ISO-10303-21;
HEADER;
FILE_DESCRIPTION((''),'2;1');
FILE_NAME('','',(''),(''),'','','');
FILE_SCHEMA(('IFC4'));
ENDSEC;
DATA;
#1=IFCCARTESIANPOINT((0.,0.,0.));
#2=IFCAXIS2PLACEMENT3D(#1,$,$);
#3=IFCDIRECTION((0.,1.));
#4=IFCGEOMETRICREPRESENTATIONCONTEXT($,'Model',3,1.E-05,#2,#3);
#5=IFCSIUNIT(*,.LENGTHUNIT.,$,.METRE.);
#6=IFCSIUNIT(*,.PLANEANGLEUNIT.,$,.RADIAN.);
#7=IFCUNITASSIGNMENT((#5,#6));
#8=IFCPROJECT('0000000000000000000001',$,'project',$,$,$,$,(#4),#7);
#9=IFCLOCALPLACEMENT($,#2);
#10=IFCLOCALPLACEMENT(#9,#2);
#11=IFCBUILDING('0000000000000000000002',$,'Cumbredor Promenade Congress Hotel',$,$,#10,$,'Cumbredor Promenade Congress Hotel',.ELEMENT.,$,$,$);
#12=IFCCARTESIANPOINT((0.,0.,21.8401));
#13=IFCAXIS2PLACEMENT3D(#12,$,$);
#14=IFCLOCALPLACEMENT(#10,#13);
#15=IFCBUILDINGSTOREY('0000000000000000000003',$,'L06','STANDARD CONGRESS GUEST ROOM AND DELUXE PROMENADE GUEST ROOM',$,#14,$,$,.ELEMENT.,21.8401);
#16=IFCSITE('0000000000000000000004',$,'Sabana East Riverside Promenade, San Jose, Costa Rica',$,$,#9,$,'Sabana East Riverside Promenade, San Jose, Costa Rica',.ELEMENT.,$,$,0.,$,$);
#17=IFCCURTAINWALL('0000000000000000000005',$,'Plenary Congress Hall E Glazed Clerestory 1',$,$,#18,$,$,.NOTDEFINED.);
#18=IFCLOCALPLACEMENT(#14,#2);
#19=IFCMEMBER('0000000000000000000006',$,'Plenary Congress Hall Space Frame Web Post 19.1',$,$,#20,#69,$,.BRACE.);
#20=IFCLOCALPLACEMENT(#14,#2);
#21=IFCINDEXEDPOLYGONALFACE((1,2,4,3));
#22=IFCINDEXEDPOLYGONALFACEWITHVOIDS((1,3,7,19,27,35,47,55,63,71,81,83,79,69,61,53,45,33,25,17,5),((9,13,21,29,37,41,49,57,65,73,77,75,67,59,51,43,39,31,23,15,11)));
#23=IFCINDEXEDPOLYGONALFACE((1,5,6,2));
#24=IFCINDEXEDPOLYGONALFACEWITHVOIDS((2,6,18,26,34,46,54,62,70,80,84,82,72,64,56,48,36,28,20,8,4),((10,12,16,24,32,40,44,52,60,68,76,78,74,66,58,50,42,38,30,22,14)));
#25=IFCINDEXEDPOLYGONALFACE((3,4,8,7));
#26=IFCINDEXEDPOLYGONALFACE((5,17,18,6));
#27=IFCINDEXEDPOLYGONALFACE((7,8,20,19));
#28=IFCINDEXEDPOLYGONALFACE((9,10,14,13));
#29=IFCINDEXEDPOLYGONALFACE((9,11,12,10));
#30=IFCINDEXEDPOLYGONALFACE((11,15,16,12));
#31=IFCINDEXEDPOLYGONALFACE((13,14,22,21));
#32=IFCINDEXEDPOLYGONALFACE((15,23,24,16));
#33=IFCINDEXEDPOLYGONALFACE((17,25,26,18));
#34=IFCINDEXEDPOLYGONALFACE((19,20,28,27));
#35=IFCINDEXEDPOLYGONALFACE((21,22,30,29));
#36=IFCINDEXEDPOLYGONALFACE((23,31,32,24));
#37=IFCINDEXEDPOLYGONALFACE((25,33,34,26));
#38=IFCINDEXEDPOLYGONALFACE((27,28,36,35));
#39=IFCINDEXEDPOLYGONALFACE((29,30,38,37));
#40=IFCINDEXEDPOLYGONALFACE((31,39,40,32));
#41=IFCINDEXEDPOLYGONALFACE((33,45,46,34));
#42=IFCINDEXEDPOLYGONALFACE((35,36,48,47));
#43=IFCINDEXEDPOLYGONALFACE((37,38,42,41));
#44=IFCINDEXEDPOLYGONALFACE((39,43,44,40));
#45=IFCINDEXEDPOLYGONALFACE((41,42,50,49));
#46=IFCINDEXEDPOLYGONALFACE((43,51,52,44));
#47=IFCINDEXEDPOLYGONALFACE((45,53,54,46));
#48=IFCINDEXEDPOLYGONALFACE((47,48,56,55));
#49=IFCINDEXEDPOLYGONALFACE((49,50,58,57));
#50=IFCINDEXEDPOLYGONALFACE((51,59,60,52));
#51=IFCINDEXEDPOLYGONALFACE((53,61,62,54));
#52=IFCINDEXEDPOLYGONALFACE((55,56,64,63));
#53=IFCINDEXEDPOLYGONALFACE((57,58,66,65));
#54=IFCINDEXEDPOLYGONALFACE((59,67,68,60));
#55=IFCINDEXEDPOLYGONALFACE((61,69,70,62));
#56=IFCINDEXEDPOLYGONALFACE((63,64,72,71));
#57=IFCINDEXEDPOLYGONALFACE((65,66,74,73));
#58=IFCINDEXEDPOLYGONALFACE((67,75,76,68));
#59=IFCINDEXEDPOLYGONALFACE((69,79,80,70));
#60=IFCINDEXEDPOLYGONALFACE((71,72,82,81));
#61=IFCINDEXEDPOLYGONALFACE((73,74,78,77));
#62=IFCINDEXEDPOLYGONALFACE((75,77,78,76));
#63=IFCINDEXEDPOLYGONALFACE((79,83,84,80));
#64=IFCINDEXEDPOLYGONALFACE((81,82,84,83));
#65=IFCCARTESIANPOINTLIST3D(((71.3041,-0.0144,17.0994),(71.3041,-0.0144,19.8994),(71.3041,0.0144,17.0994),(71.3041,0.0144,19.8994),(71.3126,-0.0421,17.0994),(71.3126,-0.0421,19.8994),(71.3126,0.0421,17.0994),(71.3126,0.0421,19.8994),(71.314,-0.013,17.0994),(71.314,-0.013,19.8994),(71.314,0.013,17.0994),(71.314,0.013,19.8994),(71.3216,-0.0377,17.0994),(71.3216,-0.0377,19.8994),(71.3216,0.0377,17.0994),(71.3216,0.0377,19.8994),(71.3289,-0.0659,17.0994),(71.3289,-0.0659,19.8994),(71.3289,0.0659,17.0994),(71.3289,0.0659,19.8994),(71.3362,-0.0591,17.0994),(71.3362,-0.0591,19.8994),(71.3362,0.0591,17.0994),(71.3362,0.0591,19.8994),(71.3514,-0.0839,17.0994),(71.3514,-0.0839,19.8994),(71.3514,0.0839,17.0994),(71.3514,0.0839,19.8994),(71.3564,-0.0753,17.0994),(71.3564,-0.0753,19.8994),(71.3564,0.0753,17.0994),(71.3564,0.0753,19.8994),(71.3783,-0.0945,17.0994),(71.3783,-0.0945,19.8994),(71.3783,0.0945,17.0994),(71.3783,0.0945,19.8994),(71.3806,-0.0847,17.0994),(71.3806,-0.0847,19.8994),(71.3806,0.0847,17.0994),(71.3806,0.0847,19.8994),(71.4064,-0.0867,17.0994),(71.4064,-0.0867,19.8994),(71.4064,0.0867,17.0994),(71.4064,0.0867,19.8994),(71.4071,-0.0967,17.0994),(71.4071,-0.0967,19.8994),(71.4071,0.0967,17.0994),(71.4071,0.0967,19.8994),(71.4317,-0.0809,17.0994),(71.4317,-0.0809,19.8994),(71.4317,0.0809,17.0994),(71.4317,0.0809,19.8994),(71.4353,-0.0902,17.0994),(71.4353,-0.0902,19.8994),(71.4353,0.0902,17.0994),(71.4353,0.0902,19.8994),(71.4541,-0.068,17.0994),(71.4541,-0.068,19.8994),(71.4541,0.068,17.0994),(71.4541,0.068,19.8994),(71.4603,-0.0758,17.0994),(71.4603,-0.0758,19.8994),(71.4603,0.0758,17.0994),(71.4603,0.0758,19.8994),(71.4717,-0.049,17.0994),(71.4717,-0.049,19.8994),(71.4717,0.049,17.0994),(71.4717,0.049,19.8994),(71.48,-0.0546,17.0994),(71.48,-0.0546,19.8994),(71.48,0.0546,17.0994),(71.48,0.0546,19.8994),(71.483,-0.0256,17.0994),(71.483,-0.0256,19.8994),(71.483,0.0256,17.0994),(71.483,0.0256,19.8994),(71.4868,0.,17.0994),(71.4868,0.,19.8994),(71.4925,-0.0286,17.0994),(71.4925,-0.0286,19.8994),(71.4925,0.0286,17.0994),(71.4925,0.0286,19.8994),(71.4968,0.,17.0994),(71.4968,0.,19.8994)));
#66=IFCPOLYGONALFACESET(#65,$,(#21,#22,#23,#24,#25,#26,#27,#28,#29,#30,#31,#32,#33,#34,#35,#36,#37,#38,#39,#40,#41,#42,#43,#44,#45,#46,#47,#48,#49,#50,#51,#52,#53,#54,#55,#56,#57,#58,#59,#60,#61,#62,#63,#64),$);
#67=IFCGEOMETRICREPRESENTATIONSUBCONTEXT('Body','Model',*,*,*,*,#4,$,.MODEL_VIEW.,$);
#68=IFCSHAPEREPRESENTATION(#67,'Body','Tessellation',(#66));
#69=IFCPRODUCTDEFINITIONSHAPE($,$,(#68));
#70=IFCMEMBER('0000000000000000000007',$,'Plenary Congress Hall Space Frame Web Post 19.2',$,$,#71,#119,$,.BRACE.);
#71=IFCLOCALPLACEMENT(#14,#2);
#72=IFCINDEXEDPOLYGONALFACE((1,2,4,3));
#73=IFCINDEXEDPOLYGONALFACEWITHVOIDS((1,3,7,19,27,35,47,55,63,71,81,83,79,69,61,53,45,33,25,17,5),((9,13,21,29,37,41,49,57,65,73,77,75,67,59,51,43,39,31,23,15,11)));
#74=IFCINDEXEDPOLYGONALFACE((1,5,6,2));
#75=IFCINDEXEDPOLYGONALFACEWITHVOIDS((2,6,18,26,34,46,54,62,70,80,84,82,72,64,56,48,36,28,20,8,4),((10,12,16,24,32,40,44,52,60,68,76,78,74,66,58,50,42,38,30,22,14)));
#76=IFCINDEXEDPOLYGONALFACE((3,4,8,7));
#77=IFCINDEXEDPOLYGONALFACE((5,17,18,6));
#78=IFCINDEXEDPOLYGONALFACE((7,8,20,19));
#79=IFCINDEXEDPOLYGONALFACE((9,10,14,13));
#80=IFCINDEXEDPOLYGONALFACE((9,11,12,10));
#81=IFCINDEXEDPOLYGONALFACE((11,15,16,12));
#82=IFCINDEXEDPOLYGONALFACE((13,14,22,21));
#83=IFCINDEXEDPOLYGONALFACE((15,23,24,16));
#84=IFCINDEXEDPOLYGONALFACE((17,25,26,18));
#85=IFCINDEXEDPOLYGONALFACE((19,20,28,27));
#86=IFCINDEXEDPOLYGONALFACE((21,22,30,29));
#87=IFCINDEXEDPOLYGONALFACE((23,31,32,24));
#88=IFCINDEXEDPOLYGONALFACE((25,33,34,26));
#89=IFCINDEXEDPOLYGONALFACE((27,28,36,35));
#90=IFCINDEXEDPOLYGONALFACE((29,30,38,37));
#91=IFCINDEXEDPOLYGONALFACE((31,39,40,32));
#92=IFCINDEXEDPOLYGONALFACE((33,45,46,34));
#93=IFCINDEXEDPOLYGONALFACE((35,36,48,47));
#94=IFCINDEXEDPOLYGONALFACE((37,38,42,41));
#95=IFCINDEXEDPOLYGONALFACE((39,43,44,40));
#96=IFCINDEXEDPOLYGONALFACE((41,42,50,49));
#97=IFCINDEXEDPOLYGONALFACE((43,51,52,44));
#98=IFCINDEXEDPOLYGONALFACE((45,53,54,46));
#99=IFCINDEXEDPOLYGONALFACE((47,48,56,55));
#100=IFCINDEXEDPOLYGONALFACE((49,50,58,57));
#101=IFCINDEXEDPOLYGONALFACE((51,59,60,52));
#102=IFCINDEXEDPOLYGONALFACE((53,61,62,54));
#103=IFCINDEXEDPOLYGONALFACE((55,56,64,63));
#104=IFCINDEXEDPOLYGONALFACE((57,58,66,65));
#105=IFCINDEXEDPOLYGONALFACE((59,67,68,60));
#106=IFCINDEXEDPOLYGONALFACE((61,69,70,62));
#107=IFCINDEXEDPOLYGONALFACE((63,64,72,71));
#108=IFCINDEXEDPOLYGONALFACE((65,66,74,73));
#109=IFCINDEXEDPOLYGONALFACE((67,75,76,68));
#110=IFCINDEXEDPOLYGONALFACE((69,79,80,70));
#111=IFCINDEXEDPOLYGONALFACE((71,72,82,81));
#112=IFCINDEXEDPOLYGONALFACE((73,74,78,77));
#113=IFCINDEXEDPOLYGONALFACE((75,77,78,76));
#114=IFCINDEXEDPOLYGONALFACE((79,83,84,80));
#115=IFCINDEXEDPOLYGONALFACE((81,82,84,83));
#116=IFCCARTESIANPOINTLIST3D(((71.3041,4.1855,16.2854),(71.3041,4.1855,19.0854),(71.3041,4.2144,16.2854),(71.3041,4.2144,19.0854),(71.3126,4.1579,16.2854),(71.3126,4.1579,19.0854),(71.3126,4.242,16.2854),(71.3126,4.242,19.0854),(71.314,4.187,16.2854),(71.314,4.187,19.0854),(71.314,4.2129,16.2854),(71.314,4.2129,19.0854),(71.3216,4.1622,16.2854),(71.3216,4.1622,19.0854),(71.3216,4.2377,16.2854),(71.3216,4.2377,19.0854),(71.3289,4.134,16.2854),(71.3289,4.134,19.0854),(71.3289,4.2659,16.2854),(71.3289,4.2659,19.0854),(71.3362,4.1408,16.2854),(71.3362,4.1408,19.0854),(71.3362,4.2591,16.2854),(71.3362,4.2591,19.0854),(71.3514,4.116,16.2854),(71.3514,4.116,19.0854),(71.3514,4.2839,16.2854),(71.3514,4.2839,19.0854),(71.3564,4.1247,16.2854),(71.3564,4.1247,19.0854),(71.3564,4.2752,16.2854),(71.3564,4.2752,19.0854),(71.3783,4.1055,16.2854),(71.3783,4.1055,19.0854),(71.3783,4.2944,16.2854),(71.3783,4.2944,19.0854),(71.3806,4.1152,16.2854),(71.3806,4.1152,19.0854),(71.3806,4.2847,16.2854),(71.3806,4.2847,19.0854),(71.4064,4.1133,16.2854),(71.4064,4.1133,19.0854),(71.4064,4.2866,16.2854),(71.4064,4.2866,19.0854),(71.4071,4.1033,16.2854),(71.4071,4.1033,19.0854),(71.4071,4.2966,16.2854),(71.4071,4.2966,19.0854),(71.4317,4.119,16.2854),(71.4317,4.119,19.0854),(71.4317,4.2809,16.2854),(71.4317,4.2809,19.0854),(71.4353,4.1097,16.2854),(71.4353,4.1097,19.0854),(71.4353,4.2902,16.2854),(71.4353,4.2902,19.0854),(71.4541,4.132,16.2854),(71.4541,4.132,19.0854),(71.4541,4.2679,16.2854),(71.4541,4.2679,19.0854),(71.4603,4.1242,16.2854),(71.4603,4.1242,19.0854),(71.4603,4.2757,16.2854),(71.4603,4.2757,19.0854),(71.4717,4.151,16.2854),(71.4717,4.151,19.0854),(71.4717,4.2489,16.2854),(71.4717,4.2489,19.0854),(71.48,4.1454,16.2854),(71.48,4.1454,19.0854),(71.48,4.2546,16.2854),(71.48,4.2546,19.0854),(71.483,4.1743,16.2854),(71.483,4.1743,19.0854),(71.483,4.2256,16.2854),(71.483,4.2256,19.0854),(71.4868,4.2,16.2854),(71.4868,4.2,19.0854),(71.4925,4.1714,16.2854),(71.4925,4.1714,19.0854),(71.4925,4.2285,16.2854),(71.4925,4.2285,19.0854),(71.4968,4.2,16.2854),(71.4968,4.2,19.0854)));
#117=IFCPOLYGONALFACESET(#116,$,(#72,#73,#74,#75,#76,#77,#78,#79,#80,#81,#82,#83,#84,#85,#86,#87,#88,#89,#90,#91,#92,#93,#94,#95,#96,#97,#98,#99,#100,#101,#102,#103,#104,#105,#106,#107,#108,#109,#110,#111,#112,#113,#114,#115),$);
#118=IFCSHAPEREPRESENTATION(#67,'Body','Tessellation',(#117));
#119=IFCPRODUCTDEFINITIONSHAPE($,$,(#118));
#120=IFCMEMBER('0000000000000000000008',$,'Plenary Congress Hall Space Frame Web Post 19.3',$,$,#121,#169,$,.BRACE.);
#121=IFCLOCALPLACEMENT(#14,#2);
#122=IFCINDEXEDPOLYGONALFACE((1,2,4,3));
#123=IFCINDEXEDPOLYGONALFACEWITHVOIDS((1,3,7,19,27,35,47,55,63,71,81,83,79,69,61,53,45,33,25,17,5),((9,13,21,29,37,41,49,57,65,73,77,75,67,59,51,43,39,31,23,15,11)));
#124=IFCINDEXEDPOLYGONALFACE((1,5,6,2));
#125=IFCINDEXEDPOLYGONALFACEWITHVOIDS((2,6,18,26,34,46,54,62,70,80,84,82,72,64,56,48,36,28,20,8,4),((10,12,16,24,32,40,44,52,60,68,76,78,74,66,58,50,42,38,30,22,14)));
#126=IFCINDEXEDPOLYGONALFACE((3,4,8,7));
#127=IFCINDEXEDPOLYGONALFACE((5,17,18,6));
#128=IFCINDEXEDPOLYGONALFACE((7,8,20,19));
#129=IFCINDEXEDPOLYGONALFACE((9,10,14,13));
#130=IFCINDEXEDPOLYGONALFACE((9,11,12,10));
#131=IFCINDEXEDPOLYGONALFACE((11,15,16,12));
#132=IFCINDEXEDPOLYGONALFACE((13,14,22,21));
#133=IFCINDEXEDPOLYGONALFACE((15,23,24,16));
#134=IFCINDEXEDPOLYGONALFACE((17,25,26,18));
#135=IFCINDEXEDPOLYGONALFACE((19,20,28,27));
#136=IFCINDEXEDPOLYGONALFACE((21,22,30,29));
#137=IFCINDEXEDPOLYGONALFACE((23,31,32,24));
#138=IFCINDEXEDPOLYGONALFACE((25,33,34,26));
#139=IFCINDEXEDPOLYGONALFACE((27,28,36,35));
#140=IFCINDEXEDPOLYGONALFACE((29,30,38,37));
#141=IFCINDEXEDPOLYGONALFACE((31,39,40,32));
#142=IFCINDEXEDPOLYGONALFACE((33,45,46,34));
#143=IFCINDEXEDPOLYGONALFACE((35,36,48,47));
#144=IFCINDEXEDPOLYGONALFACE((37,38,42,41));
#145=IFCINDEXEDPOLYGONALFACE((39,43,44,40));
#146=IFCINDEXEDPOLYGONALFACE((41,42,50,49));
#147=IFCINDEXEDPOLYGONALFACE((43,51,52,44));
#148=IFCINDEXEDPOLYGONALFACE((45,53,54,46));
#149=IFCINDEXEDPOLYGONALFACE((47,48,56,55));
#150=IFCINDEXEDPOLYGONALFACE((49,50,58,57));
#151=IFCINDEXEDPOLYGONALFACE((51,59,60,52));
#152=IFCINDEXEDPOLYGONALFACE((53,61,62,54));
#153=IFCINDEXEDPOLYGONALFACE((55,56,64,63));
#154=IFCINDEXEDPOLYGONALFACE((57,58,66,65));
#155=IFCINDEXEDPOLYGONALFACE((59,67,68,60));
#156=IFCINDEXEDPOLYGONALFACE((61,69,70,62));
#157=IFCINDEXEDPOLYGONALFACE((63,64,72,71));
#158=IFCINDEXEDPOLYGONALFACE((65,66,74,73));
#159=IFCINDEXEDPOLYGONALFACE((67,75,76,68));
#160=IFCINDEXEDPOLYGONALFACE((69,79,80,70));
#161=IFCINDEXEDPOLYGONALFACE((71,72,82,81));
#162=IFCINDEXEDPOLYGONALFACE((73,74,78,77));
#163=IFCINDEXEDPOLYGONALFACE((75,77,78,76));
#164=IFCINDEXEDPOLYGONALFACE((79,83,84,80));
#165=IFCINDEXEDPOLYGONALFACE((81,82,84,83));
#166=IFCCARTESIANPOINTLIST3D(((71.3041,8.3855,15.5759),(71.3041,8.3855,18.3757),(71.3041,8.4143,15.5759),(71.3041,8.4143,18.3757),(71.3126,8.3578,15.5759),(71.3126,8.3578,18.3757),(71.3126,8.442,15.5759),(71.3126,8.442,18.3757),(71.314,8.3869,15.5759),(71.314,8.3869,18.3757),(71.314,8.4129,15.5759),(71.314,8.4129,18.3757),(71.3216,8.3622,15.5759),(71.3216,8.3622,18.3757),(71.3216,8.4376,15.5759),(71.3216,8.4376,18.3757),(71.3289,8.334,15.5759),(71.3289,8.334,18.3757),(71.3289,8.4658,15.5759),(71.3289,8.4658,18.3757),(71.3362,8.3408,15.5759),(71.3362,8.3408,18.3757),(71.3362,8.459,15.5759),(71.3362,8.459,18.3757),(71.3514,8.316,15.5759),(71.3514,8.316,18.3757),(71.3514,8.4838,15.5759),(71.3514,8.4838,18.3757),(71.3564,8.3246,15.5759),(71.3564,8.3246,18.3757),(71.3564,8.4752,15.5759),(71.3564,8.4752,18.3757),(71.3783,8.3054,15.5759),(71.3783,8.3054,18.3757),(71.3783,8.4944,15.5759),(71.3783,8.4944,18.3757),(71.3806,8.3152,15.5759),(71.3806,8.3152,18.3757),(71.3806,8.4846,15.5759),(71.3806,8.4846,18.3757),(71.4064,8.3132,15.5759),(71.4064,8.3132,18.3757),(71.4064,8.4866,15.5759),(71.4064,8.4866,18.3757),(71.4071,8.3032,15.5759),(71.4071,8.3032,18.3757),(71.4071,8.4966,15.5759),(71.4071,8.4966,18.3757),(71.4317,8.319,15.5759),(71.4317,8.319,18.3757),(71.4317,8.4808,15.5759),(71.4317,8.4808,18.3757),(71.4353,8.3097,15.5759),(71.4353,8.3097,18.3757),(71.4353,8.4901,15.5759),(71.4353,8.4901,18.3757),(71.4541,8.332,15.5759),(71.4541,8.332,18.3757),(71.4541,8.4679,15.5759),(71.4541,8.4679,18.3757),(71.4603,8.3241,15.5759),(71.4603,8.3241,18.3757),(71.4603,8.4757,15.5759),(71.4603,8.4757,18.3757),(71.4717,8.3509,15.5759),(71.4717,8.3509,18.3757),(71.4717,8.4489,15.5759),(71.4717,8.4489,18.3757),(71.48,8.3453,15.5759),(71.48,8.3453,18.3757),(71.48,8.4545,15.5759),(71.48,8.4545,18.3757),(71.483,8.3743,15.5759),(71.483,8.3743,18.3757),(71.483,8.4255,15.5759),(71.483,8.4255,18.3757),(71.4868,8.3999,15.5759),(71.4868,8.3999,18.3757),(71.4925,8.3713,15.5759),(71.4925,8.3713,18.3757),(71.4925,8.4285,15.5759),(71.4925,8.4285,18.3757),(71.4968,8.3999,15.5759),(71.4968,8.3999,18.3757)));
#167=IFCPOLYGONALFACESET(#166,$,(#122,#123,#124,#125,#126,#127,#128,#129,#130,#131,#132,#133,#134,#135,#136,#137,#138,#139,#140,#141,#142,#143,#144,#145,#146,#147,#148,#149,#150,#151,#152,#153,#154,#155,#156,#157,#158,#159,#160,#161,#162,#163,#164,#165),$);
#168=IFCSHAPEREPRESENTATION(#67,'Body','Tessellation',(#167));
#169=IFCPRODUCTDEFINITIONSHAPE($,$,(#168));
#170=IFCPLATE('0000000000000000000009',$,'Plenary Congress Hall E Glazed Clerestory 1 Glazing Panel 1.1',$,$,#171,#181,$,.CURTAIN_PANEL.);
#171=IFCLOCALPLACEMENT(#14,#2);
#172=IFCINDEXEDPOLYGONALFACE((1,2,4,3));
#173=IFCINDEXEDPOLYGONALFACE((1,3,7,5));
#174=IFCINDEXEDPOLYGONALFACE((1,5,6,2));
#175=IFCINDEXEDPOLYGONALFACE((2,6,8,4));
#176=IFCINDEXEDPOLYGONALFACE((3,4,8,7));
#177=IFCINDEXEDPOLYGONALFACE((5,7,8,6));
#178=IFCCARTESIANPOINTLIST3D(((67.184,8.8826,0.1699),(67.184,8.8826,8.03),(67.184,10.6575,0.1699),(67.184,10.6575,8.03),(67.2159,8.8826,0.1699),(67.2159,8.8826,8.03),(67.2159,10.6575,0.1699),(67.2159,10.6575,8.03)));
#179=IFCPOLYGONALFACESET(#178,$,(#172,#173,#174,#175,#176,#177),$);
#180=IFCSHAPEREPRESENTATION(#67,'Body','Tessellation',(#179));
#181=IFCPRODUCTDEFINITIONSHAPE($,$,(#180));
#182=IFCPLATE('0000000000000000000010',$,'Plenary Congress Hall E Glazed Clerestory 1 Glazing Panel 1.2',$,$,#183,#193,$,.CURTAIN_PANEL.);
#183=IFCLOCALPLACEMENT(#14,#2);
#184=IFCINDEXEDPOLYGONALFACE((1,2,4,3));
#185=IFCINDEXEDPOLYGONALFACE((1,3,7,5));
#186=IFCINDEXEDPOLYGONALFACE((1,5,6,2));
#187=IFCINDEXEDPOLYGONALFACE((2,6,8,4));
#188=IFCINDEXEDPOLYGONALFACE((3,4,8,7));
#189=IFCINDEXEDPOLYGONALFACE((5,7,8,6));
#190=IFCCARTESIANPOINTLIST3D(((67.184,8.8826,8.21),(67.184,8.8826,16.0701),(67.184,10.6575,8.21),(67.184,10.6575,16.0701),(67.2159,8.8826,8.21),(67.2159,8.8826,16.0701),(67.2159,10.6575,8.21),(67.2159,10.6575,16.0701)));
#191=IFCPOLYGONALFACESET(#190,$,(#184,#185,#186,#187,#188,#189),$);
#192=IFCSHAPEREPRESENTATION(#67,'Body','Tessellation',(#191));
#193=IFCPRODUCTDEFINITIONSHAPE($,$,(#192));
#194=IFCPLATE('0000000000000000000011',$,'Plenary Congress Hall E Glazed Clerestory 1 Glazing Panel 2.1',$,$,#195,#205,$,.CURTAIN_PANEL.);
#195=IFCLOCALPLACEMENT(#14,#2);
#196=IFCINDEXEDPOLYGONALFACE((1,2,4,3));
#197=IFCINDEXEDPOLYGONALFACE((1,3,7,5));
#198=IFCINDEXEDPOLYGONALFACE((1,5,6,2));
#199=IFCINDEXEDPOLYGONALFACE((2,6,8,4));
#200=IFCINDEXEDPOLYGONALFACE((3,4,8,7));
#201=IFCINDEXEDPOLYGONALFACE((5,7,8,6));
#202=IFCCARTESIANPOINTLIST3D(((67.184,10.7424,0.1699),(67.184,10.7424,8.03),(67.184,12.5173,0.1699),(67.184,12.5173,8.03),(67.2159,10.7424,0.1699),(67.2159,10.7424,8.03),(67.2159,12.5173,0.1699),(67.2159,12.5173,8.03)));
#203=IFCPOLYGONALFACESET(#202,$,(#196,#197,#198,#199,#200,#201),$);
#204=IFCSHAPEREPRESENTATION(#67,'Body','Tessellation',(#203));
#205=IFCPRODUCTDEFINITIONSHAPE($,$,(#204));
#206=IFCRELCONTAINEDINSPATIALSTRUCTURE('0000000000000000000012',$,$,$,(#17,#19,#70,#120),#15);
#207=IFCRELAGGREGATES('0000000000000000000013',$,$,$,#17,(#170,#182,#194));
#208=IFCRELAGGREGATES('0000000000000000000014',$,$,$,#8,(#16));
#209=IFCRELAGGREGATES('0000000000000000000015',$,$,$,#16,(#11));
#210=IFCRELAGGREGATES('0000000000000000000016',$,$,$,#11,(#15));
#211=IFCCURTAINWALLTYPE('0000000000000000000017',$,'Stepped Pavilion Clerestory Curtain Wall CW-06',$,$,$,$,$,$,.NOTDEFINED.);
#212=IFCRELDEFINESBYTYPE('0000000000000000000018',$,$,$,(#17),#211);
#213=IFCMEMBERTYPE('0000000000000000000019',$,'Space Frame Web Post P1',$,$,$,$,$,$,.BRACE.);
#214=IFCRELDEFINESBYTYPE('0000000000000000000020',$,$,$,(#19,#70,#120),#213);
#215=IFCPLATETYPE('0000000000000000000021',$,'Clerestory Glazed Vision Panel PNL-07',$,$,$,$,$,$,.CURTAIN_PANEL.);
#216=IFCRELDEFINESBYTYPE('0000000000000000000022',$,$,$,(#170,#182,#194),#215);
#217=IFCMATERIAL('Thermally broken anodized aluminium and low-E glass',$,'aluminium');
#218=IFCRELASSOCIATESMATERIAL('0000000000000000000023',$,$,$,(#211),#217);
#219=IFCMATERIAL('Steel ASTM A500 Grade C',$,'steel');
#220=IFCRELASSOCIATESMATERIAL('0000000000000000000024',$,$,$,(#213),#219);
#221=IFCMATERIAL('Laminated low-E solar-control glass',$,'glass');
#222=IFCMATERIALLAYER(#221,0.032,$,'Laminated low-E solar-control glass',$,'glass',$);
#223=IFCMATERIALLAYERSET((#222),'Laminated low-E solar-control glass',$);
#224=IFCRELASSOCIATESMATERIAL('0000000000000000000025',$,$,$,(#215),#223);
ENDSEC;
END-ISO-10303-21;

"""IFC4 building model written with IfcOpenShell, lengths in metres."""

from ifc_helpers import new_model, si_unit, direction, frame, origin, origin_2d, place, context, subcontext, project, spatial, rectangle, hollow_circle, extrude, material, layer, layer_set, material_profile, profile_set, type_object, element, aggregate, save


model = new_model("IFC4")

# Units and contexts
model_context = context("Model", 3, precision=1e-05, world=origin(), true_north=direction((0.0, 1.0)))
body_context = subcontext(model_context, "Body", "Model", "MODEL_VIEW")
ifc_project = project(units=[si_unit("LENGTHUNIT", "METRE"), si_unit("PLANEANGLEUNIT", "RADIAN")], contexts=[model_context])

# Site, building, storey
site_placement = place(None, origin())
site = spatial("IfcSite", under=ifc_project, at=site_placement, Name="Sabana East Riverside Promenade, San Jose, Costa Rica", LongName="Sabana East Riverside Promenade, San Jose, Costa Rica", CompositionType="ELEMENT", RefElevation=0.0)
building_placement = place(site_placement, origin())
building = spatial("IfcBuilding", under=site, at=building_placement, Name="Cumbredor Promenade Congress Hotel", LongName="Cumbredor Promenade Congress Hotel", CompositionType="ELEMENT")
storey_placement = place(building_placement, frame((0.0, 0.0, 21.8401)))
storey = spatial("IfcBuildingStorey", under=building, at=storey_placement, Name="L06", Description="STANDARD CONGRESS GUEST ROOM AND DELUXE PROMENADE GUEST ROOM", CompositionType="ELEMENT", Elevation=21.8401)

# Curtain wall
ifc_material_1 = material(Name="Thermally broken anodized aluminium and low-E glass", Category="aluminium")
curtain_wall_type = type_object("IfcCurtainWallType", Name="Stepped Pavilion Clerestory Curtain Wall CW-06", PredefinedType="NOTDEFINED", material=ifc_material_1)
curtain_wall_placement = place(storey_placement, origin())
curtain_wall = element("IfcCurtainWall", 1, at=curtain_wall_placement, inside=storey, type_object=curtain_wall_type, Name="Plenary Congress Hall E Glazed Clerestory 1", PredefinedType="NOTDEFINED")

# Members
ifc_material_2 = material(Name="Steel ASTM A500 Grade C", Category="steel")
ifc_material_profile_1 = material_profile(ifc_material_2, hollow_circle(Radius=0.0969, WallThickness=0.01, at=origin_2d()), Name="CHS 193.7x10")
ifc_profile_set_1 = profile_set([ifc_material_profile_1], Name="Steel ASTM A500 Grade C")
member_type_1 = type_object("IfcMemberType", Name="Space Frame Web Post P1", PredefinedType="BRACE", material=ifc_profile_set_1)
for number, where, z_axis, x_axis, name in (
    (2, (71.3999, 0.0, 17.0994), (0.0, 0.0, 1.0), (1.0, 0.0, 0.0), "Plenary Congress Hall Space Frame Web Post 19.1"),
    (3, (71.3999, 4.2, 16.2854), (0.0, 0.0, 1.0), (1.0, 0.0, 0.0), "Plenary Congress Hall Space Frame Web Post 19.2"),
):
    element("IfcMember", number, at=place(storey_placement, frame(where, z_axis=z_axis, x_axis=x_axis)), inside=storey, type_object=member_type_1, Name=name, PredefinedType="BRACE", context=body_context, shape_type="SweptSolid", body=[
        extrude(hollow_circle(Radius=0.0969, WallThickness=0.01, at=origin_2d()), origin(), (0.0, 0.0, 1.0), 2.8),
    ])
member_1_placement = place(storey_placement, frame((71.3999, 8.3999, 15.5759), z_axis=(0.0, 0.0, 1.0), x_axis=(1.0, 0.0, 0.0)))
element("IfcMember", 4, at=member_1_placement, inside=storey, type_object=member_type_1, Name="Plenary Congress Hall Space Frame Web Post 19.3", PredefinedType="BRACE", context=body_context, shape_type="SweptSolid", body=[
    extrude(hollow_circle(Radius=0.0969, WallThickness=0.01, at=origin_2d()), origin(), (0.0, 0.0, 1.0), 2.7998),
])

# Plates
ifc_material_3 = material(Name="Laminated low-E solar-control glass", Category="glass")
ifc_layer_1 = layer(ifc_material_3, 0.032, Name="Laminated low-E solar-control glass", Category="glass")
ifc_layer_set_1 = layer_set([ifc_layer_1], Name="Laminated low-E solar-control glass")
plate_type_1 = type_object("IfcPlateType", Name="Clerestory Glazed Vision Panel PNL-07", PredefinedType="CURTAIN_PANEL", material=ifc_layer_set_1)
plate_1_placement = place(storey_placement, frame((67.2, 9.77, 0.1699), z_axis=(0.0, 0.0, 1.0), x_axis=(0.0, 1.0, 0.0)))
plate_1 = element("IfcPlate", 5, at=plate_1_placement, type_object=plate_type_1, Name="Plenary Congress Hall E Glazed Clerestory 1 Glazing Panel 1.1", PredefinedType="CURTAIN_PANEL", context=body_context, shape_type="SweptSolid", body=[
    extrude(rectangle(XDim=1.7749, YDim=0.032, at=origin_2d()), origin(), (0.0, 0.0, 1.0), 7.8601),
])
plate_2_placement = place(storey_placement, frame((67.2, 9.77, 8.21), z_axis=(0.0, 0.0, 1.0), x_axis=(0.0, 1.0, 0.0)))
plate_2 = element("IfcPlate", 6, at=plate_2_placement, type_object=plate_type_1, Name="Plenary Congress Hall E Glazed Clerestory 1 Glazing Panel 1.2", PredefinedType="CURTAIN_PANEL", context=body_context, shape_type="SweptSolid", body=[
    extrude(rectangle(XDim=1.7749, YDim=0.032, at=origin_2d()), origin(), (0.0, 0.0, 1.0), 7.8601),
])
plate_3_placement = place(storey_placement, frame((67.2, 11.6299, 0.1699), z_axis=(0.0, 0.0, 1.0), x_axis=(0.0, 1.0, 0.0)))
plate_3 = element("IfcPlate", 7, at=plate_3_placement, type_object=plate_type_1, Name="Plenary Congress Hall E Glazed Clerestory 1 Glazing Panel 2.1", PredefinedType="CURTAIN_PANEL", context=body_context, shape_type="SweptSolid", body=[
    extrude(rectangle(XDim=1.7749, YDim=0.032, at=origin_2d()), origin(), (0.0, 0.0, 1.0), 7.8601),
])
aggregate(curtain_wall, [plate_1, plate_2, plate_3])

save(model, "model.ifc")
